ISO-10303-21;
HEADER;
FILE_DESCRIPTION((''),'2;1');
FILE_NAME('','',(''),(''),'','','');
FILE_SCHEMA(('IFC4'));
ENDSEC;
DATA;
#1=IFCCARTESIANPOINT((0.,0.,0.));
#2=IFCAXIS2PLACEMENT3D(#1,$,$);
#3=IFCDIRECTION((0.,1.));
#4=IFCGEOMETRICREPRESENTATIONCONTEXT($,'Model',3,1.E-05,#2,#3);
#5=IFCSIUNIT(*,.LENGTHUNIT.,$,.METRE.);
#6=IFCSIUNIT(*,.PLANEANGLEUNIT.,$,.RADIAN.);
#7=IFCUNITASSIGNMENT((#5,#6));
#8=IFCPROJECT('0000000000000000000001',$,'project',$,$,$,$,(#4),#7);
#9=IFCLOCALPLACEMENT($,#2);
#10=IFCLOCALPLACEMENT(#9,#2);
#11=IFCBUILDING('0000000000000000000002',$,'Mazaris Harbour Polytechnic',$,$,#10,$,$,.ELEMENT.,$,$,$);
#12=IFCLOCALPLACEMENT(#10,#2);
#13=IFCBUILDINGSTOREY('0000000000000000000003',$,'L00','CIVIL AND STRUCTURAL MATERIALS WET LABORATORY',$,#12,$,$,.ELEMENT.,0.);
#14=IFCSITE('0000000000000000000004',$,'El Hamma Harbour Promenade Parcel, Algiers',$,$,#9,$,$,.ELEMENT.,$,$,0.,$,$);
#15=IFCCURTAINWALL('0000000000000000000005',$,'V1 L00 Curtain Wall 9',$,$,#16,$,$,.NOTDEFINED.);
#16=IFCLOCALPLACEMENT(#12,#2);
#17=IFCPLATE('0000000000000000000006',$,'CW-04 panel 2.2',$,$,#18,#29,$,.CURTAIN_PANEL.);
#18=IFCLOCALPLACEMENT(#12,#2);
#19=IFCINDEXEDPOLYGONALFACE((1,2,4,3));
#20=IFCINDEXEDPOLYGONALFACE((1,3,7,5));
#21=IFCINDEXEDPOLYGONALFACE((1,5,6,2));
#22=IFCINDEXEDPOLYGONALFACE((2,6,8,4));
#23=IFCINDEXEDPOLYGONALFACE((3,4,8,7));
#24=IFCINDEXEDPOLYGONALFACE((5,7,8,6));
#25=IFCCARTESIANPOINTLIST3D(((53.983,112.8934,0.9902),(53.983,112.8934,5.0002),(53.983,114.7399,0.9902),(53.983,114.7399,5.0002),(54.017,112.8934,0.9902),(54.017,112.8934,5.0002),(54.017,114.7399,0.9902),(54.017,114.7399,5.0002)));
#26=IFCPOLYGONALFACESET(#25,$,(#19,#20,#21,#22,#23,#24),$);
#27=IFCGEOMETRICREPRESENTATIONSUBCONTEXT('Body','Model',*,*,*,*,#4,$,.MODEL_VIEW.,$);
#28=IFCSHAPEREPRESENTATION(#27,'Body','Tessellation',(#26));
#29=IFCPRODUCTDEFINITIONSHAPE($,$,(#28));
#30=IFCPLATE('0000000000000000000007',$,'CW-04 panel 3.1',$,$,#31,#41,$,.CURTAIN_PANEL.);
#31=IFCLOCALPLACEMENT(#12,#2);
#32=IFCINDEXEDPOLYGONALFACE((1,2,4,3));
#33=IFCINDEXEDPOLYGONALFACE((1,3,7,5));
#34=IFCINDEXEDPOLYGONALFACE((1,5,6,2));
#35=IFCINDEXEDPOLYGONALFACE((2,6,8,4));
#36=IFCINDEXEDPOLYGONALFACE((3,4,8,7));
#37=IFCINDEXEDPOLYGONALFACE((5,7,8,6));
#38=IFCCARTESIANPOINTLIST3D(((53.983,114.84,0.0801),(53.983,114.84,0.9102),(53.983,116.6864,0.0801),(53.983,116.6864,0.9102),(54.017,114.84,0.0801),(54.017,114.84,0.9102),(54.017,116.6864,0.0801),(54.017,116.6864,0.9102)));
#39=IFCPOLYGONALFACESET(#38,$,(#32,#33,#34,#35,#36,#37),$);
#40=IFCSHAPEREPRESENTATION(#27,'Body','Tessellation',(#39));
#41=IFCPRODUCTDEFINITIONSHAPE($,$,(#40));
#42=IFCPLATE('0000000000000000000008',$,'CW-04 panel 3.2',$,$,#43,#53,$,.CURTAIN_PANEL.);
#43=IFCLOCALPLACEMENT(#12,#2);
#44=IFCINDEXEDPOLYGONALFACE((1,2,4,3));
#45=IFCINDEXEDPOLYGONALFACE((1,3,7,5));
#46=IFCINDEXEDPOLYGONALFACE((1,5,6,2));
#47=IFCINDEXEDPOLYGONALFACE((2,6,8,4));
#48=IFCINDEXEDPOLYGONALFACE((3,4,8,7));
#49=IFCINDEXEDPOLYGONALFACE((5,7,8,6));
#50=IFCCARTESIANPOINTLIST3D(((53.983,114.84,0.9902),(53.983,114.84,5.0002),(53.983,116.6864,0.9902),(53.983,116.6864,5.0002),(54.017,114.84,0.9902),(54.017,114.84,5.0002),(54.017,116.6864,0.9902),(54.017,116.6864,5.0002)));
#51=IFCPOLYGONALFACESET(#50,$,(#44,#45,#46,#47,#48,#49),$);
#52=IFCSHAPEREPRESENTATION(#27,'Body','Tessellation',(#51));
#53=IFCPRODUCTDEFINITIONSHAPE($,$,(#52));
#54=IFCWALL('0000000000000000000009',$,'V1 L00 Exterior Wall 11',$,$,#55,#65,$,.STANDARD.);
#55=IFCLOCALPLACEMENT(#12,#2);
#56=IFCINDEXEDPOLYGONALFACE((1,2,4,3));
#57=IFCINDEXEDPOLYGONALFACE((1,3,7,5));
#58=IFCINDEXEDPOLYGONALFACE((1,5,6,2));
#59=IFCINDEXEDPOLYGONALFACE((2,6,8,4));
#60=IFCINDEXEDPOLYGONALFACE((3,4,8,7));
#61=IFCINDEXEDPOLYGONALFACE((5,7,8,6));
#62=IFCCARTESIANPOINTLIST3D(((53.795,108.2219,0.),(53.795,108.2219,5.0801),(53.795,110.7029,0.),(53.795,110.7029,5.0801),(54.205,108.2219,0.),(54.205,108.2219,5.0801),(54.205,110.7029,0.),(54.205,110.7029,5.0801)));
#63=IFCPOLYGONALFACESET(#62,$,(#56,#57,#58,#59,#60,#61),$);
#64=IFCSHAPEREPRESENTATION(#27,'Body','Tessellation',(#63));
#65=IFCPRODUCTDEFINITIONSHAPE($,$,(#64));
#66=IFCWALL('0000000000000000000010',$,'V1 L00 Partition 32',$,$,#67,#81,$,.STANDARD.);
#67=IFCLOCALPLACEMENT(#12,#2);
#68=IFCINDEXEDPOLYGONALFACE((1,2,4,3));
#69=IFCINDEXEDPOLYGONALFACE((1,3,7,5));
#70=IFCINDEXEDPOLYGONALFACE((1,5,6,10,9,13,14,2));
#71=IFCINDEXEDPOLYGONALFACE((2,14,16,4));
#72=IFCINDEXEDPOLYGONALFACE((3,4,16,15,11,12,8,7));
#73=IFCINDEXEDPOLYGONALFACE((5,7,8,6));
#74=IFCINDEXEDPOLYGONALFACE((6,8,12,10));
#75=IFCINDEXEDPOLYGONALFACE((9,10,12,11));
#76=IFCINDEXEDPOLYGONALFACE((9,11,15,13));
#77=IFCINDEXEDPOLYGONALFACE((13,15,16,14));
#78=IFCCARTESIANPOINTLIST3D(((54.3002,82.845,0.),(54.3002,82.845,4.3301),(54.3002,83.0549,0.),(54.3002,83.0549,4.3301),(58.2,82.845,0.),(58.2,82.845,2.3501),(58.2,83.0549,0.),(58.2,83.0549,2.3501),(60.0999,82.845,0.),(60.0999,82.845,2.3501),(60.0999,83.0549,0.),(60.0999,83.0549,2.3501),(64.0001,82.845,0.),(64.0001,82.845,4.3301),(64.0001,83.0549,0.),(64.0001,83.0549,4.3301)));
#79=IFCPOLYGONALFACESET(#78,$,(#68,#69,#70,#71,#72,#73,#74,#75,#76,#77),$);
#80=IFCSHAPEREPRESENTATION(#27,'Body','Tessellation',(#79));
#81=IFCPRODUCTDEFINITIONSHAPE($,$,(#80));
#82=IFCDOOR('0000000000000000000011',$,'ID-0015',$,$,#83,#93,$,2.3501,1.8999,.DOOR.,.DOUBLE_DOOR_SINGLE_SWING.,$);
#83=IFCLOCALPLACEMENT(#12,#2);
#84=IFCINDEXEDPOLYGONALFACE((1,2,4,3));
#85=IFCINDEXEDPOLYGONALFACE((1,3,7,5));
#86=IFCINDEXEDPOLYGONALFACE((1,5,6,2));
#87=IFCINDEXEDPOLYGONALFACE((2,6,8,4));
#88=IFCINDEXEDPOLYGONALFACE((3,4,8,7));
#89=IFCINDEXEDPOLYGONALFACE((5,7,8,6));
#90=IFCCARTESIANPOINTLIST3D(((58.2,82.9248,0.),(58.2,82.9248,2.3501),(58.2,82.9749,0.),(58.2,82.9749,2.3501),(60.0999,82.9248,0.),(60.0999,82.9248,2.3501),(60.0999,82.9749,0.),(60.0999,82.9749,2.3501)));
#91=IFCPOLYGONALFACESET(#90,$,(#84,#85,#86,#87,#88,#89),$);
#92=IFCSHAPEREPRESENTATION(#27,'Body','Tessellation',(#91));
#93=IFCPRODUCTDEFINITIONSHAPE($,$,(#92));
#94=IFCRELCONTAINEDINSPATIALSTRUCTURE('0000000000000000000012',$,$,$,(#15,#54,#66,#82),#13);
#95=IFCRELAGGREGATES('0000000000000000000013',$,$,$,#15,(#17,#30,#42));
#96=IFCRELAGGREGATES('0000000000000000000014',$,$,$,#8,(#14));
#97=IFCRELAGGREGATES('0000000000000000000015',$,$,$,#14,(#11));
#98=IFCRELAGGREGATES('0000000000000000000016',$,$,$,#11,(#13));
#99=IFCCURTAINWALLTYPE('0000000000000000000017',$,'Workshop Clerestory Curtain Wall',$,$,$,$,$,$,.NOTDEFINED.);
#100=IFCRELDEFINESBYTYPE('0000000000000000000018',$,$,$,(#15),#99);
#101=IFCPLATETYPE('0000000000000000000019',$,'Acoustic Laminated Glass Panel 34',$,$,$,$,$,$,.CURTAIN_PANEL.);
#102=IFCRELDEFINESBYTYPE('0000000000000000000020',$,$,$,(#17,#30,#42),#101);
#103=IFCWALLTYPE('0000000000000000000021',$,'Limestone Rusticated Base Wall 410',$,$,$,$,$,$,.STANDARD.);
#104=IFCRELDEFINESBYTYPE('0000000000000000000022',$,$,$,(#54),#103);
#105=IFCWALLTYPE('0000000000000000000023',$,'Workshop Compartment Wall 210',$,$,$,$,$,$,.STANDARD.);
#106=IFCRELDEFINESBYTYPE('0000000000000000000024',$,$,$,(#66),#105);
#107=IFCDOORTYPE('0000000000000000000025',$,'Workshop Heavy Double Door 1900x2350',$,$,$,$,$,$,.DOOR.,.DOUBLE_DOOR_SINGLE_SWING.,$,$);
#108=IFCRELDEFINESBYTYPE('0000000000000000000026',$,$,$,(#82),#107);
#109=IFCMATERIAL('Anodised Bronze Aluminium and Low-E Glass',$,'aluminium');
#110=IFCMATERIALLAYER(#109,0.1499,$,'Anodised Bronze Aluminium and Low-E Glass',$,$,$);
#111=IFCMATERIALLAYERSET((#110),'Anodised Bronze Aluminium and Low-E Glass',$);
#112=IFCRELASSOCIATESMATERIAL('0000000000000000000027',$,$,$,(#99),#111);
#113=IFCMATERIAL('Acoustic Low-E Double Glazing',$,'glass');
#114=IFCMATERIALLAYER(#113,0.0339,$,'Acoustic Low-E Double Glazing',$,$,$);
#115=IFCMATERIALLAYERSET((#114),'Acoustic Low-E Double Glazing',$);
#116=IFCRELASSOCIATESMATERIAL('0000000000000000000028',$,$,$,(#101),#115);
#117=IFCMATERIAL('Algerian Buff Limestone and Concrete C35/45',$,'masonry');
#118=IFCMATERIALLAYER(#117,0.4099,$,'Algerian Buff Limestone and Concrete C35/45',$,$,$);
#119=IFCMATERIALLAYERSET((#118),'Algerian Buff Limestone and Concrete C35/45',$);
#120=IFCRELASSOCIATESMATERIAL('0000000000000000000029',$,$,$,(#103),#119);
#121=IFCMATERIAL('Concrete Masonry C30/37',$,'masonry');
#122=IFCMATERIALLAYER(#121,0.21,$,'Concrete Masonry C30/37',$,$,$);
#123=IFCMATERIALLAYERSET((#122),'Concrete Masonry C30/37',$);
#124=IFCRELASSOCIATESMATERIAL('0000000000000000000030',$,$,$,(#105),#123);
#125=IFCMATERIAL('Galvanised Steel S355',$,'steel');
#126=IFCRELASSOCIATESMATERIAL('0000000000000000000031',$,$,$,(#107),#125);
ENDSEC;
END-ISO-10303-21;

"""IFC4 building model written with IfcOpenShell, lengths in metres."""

from ifc_helpers import new_model, si_unit, direction, frame, frame_2d, origin, origin_2d, place, context, subcontext, project, spatial, rectangle, extrude, material, layer, layer_set, type_object, element, fill, aggregate, save


model = new_model("IFC4")

# Units and contexts
model_context = context("Model", 3, precision=1e-05, world=origin(), true_north=direction((0.0, 1.0)))
body_context = subcontext(model_context, "Body", "Model", "MODEL_VIEW")
ifc_project = project(units=[si_unit("LENGTHUNIT", "METRE"), si_unit("PLANEANGLEUNIT", "RADIAN")], contexts=[model_context])

# Site, building, storey
site_placement = place(None, origin())
site = spatial("IfcSite", under=ifc_project, at=site_placement, Name="El Hamma Harbour Promenade Parcel, Algiers", CompositionType="ELEMENT", RefElevation=0.0)
building_placement = place(site_placement, origin())
building = spatial("IfcBuilding", under=site, at=building_placement, Name="Mazaris Harbour Polytechnic", CompositionType="ELEMENT")
storey_placement = place(building_placement, origin())
storey = spatial("IfcBuildingStorey", under=building, at=storey_placement, Name="L00", Description="CIVIL AND STRUCTURAL MATERIALS WET LABORATORY", CompositionType="ELEMENT", Elevation=0.0)

# Curtain wall
ifc_material_1 = material(Name="Anodised Bronze Aluminium and Low-E Glass", Category="aluminium")
ifc_layer_1 = layer(ifc_material_1, 0.1499, Name="Anodised Bronze Aluminium and Low-E Glass")
ifc_layer_set_1 = layer_set([ifc_layer_1], Name="Anodised Bronze Aluminium and Low-E Glass")
curtain_wall_type = type_object("IfcCurtainWallType", Name="Workshop Clerestory Curtain Wall", PredefinedType="NOTDEFINED", material=ifc_layer_set_1)
curtain_wall_placement = place(storey_placement, origin())
curtain_wall = element("IfcCurtainWall", 1, at=curtain_wall_placement, inside=storey, type_object=curtain_wall_type, Name="V1 L00 Curtain Wall 9", PredefinedType="NOTDEFINED")

# Plates
ifc_material_2 = material(Name="Acoustic Low-E Double Glazing", Category="glass")
ifc_layer_2 = layer(ifc_material_2, 0.0339, Name="Acoustic Low-E Double Glazing")
ifc_layer_set_2 = layer_set([ifc_layer_2], Name="Acoustic Low-E Double Glazing")
plate_type = type_object("IfcPlateType", Name="Acoustic Laminated Glass Panel 34", PredefinedType="CURTAIN_PANEL", material=ifc_layer_set_2)
plate_1_placement = place(storey_placement, frame((54.0, 113.8167, 0.9902), z_axis=(0.0, 0.0, 1.0), x_axis=(0.0, 1.0, 0.0)))
plate_1 = element("IfcPlate", 2, at=plate_1_placement, type_object=plate_type, Name="CW-04 panel 2.2", PredefinedType="CURTAIN_PANEL", context=body_context, shape_type="SweptSolid", body=[
    extrude(rectangle(XDim=1.8464, YDim=0.0339, at=origin_2d()), origin(), (0.0, 0.0, 1.0), 4.01),
])
plate_2_placement = place(storey_placement, frame((54.0, 115.7632, 0.0801), z_axis=(0.0, 0.0, 1.0), x_axis=(0.0, 1.0, 0.0)))
plate_2 = element("IfcPlate", 3, at=plate_2_placement, type_object=plate_type, Name="CW-04 panel 3.1", PredefinedType="CURTAIN_PANEL", context=body_context, shape_type="SweptSolid", body=[
    extrude(rectangle(XDim=1.8464, YDim=0.0339, at=origin_2d()), origin(), (0.0, 0.0, 1.0), 0.8301),
])
plate_3_placement = place(storey_placement, frame((54.0, 115.7632, 0.9902), z_axis=(0.0, 0.0, 1.0), x_axis=(0.0, 1.0, 0.0)))
plate_3 = element("IfcPlate", 4, at=plate_3_placement, type_object=plate_type, Name="CW-04 panel 3.2", PredefinedType="CURTAIN_PANEL", context=body_context, shape_type="SweptSolid", body=[
    extrude(rectangle(XDim=1.8464, YDim=0.0339, at=origin_2d()), origin(), (0.0, 0.0, 1.0), 4.01),
])
aggregate(curtain_wall, [plate_1, plate_2, plate_3])

# Wall
ifc_material_3 = material(Name="Algerian Buff Limestone and Concrete C35/45", Category="masonry")
ifc_layer_3 = layer(ifc_material_3, 0.4099, Name="Algerian Buff Limestone and Concrete C35/45")
ifc_layer_set_3 = layer_set([ifc_layer_3], Name="Algerian Buff Limestone and Concrete C35/45")
wall_type_1 = type_object("IfcWallType", Name="Limestone Rusticated Base Wall 410", PredefinedType="STANDARD", material=ifc_layer_set_3)
wall_1_placement = place(storey_placement, frame((54.0, 108.2219, 0.0), z_axis=(0.0, 0.0, 1.0), x_axis=(0.0, 1.0, 0.0)))
element("IfcWall", 5, at=wall_1_placement, inside=storey, type_object=wall_type_1, Name="V1 L00 Exterior Wall 11", PredefinedType="STANDARD", context=body_context, shape_type="SweptSolid", body=[
    extrude(rectangle(XDim=2.481, YDim=0.4099, at=frame_2d((1.2405, 0.0))), origin(), (0.0, 0.0, 1.0), 5.0801),
])

# Wall, opening, door
ifc_material_4 = material(Name="Concrete Masonry C30/37", Category="masonry")
ifc_layer_4 = layer(ifc_material_4, 0.21, Name="Concrete Masonry C30/37")
ifc_layer_set_4 = layer_set([ifc_layer_4], Name="Concrete Masonry C30/37")
wall_type_2 = type_object("IfcWallType", Name="Workshop Compartment Wall 210", PredefinedType="STANDARD", material=ifc_layer_set_4)
wall_2_placement = place(storey_placement, frame((54.3, 82.95, 0.0), z_axis=(0.0, 0.0, 1.0), x_axis=(1.0, 0.0, 0.0)))
wall_2 = element("IfcWall", 6, at=wall_2_placement, inside=storey, type_object=wall_type_2, Name="V1 L00 Partition 32", PredefinedType="STANDARD", context=body_context, shape_type="SweptSolid", body=[
    extrude(rectangle(XDim=9.7, YDim=0.21, at=frame_2d((4.8501, 0.0))), origin(), (0.0, 0.0, 1.0), 4.3301),
])
opening_placement = place(wall_2_placement, frame((3.8999, 0.0, 0.0)))
opening = element("IfcOpeningElement", 7, at=opening_placement, cuts=wall_2, PredefinedType="OPENING", context=body_context, shape_type="SweptSolid", body=[
    extrude(rectangle(XDim=1.8999, YDim=2.3501, at=frame_2d((0.95, 1.175))), frame((0.0, 0.115, 0.0), z_axis=(0.0, -1.0, 0.0), x_axis=(1.0, 0.0, 0.0)), (0.0, 0.0, 1.0), 0.23),
])
ifc_material_5 = material(Name="Galvanised Steel S355", Category="steel")
door_type = type_object("IfcDoorType", Name="Workshop Heavy Double Door 1900x2350", OperationType="DOUBLE_DOOR_SINGLE_SWING", PredefinedType="DOOR", material=ifc_material_5)
door_placement = place(opening_placement, origin())
door = element("IfcDoor", 8, at=door_placement, inside=storey, type_object=door_type, Name="ID-0015", OperationType="DOUBLE_DOOR_SINGLE_SWING", OverallHeight=2.3501, OverallWidth=1.8999, PredefinedType="DOOR", context=body_context, shape_type="SweptSolid", body=[
    extrude(rectangle(XDim=1.8999, YDim=2.3501, at=frame_2d((0.95, 1.175))), frame((0.0, 0.0249, 0.0), z_axis=(0.0, -1.0, 0.0), x_axis=(1.0, 0.0, 0.0)), (0.0, 0.0, 1.0), 0.05),
])
fill(opening, door)

save(model, "model.ifc")
